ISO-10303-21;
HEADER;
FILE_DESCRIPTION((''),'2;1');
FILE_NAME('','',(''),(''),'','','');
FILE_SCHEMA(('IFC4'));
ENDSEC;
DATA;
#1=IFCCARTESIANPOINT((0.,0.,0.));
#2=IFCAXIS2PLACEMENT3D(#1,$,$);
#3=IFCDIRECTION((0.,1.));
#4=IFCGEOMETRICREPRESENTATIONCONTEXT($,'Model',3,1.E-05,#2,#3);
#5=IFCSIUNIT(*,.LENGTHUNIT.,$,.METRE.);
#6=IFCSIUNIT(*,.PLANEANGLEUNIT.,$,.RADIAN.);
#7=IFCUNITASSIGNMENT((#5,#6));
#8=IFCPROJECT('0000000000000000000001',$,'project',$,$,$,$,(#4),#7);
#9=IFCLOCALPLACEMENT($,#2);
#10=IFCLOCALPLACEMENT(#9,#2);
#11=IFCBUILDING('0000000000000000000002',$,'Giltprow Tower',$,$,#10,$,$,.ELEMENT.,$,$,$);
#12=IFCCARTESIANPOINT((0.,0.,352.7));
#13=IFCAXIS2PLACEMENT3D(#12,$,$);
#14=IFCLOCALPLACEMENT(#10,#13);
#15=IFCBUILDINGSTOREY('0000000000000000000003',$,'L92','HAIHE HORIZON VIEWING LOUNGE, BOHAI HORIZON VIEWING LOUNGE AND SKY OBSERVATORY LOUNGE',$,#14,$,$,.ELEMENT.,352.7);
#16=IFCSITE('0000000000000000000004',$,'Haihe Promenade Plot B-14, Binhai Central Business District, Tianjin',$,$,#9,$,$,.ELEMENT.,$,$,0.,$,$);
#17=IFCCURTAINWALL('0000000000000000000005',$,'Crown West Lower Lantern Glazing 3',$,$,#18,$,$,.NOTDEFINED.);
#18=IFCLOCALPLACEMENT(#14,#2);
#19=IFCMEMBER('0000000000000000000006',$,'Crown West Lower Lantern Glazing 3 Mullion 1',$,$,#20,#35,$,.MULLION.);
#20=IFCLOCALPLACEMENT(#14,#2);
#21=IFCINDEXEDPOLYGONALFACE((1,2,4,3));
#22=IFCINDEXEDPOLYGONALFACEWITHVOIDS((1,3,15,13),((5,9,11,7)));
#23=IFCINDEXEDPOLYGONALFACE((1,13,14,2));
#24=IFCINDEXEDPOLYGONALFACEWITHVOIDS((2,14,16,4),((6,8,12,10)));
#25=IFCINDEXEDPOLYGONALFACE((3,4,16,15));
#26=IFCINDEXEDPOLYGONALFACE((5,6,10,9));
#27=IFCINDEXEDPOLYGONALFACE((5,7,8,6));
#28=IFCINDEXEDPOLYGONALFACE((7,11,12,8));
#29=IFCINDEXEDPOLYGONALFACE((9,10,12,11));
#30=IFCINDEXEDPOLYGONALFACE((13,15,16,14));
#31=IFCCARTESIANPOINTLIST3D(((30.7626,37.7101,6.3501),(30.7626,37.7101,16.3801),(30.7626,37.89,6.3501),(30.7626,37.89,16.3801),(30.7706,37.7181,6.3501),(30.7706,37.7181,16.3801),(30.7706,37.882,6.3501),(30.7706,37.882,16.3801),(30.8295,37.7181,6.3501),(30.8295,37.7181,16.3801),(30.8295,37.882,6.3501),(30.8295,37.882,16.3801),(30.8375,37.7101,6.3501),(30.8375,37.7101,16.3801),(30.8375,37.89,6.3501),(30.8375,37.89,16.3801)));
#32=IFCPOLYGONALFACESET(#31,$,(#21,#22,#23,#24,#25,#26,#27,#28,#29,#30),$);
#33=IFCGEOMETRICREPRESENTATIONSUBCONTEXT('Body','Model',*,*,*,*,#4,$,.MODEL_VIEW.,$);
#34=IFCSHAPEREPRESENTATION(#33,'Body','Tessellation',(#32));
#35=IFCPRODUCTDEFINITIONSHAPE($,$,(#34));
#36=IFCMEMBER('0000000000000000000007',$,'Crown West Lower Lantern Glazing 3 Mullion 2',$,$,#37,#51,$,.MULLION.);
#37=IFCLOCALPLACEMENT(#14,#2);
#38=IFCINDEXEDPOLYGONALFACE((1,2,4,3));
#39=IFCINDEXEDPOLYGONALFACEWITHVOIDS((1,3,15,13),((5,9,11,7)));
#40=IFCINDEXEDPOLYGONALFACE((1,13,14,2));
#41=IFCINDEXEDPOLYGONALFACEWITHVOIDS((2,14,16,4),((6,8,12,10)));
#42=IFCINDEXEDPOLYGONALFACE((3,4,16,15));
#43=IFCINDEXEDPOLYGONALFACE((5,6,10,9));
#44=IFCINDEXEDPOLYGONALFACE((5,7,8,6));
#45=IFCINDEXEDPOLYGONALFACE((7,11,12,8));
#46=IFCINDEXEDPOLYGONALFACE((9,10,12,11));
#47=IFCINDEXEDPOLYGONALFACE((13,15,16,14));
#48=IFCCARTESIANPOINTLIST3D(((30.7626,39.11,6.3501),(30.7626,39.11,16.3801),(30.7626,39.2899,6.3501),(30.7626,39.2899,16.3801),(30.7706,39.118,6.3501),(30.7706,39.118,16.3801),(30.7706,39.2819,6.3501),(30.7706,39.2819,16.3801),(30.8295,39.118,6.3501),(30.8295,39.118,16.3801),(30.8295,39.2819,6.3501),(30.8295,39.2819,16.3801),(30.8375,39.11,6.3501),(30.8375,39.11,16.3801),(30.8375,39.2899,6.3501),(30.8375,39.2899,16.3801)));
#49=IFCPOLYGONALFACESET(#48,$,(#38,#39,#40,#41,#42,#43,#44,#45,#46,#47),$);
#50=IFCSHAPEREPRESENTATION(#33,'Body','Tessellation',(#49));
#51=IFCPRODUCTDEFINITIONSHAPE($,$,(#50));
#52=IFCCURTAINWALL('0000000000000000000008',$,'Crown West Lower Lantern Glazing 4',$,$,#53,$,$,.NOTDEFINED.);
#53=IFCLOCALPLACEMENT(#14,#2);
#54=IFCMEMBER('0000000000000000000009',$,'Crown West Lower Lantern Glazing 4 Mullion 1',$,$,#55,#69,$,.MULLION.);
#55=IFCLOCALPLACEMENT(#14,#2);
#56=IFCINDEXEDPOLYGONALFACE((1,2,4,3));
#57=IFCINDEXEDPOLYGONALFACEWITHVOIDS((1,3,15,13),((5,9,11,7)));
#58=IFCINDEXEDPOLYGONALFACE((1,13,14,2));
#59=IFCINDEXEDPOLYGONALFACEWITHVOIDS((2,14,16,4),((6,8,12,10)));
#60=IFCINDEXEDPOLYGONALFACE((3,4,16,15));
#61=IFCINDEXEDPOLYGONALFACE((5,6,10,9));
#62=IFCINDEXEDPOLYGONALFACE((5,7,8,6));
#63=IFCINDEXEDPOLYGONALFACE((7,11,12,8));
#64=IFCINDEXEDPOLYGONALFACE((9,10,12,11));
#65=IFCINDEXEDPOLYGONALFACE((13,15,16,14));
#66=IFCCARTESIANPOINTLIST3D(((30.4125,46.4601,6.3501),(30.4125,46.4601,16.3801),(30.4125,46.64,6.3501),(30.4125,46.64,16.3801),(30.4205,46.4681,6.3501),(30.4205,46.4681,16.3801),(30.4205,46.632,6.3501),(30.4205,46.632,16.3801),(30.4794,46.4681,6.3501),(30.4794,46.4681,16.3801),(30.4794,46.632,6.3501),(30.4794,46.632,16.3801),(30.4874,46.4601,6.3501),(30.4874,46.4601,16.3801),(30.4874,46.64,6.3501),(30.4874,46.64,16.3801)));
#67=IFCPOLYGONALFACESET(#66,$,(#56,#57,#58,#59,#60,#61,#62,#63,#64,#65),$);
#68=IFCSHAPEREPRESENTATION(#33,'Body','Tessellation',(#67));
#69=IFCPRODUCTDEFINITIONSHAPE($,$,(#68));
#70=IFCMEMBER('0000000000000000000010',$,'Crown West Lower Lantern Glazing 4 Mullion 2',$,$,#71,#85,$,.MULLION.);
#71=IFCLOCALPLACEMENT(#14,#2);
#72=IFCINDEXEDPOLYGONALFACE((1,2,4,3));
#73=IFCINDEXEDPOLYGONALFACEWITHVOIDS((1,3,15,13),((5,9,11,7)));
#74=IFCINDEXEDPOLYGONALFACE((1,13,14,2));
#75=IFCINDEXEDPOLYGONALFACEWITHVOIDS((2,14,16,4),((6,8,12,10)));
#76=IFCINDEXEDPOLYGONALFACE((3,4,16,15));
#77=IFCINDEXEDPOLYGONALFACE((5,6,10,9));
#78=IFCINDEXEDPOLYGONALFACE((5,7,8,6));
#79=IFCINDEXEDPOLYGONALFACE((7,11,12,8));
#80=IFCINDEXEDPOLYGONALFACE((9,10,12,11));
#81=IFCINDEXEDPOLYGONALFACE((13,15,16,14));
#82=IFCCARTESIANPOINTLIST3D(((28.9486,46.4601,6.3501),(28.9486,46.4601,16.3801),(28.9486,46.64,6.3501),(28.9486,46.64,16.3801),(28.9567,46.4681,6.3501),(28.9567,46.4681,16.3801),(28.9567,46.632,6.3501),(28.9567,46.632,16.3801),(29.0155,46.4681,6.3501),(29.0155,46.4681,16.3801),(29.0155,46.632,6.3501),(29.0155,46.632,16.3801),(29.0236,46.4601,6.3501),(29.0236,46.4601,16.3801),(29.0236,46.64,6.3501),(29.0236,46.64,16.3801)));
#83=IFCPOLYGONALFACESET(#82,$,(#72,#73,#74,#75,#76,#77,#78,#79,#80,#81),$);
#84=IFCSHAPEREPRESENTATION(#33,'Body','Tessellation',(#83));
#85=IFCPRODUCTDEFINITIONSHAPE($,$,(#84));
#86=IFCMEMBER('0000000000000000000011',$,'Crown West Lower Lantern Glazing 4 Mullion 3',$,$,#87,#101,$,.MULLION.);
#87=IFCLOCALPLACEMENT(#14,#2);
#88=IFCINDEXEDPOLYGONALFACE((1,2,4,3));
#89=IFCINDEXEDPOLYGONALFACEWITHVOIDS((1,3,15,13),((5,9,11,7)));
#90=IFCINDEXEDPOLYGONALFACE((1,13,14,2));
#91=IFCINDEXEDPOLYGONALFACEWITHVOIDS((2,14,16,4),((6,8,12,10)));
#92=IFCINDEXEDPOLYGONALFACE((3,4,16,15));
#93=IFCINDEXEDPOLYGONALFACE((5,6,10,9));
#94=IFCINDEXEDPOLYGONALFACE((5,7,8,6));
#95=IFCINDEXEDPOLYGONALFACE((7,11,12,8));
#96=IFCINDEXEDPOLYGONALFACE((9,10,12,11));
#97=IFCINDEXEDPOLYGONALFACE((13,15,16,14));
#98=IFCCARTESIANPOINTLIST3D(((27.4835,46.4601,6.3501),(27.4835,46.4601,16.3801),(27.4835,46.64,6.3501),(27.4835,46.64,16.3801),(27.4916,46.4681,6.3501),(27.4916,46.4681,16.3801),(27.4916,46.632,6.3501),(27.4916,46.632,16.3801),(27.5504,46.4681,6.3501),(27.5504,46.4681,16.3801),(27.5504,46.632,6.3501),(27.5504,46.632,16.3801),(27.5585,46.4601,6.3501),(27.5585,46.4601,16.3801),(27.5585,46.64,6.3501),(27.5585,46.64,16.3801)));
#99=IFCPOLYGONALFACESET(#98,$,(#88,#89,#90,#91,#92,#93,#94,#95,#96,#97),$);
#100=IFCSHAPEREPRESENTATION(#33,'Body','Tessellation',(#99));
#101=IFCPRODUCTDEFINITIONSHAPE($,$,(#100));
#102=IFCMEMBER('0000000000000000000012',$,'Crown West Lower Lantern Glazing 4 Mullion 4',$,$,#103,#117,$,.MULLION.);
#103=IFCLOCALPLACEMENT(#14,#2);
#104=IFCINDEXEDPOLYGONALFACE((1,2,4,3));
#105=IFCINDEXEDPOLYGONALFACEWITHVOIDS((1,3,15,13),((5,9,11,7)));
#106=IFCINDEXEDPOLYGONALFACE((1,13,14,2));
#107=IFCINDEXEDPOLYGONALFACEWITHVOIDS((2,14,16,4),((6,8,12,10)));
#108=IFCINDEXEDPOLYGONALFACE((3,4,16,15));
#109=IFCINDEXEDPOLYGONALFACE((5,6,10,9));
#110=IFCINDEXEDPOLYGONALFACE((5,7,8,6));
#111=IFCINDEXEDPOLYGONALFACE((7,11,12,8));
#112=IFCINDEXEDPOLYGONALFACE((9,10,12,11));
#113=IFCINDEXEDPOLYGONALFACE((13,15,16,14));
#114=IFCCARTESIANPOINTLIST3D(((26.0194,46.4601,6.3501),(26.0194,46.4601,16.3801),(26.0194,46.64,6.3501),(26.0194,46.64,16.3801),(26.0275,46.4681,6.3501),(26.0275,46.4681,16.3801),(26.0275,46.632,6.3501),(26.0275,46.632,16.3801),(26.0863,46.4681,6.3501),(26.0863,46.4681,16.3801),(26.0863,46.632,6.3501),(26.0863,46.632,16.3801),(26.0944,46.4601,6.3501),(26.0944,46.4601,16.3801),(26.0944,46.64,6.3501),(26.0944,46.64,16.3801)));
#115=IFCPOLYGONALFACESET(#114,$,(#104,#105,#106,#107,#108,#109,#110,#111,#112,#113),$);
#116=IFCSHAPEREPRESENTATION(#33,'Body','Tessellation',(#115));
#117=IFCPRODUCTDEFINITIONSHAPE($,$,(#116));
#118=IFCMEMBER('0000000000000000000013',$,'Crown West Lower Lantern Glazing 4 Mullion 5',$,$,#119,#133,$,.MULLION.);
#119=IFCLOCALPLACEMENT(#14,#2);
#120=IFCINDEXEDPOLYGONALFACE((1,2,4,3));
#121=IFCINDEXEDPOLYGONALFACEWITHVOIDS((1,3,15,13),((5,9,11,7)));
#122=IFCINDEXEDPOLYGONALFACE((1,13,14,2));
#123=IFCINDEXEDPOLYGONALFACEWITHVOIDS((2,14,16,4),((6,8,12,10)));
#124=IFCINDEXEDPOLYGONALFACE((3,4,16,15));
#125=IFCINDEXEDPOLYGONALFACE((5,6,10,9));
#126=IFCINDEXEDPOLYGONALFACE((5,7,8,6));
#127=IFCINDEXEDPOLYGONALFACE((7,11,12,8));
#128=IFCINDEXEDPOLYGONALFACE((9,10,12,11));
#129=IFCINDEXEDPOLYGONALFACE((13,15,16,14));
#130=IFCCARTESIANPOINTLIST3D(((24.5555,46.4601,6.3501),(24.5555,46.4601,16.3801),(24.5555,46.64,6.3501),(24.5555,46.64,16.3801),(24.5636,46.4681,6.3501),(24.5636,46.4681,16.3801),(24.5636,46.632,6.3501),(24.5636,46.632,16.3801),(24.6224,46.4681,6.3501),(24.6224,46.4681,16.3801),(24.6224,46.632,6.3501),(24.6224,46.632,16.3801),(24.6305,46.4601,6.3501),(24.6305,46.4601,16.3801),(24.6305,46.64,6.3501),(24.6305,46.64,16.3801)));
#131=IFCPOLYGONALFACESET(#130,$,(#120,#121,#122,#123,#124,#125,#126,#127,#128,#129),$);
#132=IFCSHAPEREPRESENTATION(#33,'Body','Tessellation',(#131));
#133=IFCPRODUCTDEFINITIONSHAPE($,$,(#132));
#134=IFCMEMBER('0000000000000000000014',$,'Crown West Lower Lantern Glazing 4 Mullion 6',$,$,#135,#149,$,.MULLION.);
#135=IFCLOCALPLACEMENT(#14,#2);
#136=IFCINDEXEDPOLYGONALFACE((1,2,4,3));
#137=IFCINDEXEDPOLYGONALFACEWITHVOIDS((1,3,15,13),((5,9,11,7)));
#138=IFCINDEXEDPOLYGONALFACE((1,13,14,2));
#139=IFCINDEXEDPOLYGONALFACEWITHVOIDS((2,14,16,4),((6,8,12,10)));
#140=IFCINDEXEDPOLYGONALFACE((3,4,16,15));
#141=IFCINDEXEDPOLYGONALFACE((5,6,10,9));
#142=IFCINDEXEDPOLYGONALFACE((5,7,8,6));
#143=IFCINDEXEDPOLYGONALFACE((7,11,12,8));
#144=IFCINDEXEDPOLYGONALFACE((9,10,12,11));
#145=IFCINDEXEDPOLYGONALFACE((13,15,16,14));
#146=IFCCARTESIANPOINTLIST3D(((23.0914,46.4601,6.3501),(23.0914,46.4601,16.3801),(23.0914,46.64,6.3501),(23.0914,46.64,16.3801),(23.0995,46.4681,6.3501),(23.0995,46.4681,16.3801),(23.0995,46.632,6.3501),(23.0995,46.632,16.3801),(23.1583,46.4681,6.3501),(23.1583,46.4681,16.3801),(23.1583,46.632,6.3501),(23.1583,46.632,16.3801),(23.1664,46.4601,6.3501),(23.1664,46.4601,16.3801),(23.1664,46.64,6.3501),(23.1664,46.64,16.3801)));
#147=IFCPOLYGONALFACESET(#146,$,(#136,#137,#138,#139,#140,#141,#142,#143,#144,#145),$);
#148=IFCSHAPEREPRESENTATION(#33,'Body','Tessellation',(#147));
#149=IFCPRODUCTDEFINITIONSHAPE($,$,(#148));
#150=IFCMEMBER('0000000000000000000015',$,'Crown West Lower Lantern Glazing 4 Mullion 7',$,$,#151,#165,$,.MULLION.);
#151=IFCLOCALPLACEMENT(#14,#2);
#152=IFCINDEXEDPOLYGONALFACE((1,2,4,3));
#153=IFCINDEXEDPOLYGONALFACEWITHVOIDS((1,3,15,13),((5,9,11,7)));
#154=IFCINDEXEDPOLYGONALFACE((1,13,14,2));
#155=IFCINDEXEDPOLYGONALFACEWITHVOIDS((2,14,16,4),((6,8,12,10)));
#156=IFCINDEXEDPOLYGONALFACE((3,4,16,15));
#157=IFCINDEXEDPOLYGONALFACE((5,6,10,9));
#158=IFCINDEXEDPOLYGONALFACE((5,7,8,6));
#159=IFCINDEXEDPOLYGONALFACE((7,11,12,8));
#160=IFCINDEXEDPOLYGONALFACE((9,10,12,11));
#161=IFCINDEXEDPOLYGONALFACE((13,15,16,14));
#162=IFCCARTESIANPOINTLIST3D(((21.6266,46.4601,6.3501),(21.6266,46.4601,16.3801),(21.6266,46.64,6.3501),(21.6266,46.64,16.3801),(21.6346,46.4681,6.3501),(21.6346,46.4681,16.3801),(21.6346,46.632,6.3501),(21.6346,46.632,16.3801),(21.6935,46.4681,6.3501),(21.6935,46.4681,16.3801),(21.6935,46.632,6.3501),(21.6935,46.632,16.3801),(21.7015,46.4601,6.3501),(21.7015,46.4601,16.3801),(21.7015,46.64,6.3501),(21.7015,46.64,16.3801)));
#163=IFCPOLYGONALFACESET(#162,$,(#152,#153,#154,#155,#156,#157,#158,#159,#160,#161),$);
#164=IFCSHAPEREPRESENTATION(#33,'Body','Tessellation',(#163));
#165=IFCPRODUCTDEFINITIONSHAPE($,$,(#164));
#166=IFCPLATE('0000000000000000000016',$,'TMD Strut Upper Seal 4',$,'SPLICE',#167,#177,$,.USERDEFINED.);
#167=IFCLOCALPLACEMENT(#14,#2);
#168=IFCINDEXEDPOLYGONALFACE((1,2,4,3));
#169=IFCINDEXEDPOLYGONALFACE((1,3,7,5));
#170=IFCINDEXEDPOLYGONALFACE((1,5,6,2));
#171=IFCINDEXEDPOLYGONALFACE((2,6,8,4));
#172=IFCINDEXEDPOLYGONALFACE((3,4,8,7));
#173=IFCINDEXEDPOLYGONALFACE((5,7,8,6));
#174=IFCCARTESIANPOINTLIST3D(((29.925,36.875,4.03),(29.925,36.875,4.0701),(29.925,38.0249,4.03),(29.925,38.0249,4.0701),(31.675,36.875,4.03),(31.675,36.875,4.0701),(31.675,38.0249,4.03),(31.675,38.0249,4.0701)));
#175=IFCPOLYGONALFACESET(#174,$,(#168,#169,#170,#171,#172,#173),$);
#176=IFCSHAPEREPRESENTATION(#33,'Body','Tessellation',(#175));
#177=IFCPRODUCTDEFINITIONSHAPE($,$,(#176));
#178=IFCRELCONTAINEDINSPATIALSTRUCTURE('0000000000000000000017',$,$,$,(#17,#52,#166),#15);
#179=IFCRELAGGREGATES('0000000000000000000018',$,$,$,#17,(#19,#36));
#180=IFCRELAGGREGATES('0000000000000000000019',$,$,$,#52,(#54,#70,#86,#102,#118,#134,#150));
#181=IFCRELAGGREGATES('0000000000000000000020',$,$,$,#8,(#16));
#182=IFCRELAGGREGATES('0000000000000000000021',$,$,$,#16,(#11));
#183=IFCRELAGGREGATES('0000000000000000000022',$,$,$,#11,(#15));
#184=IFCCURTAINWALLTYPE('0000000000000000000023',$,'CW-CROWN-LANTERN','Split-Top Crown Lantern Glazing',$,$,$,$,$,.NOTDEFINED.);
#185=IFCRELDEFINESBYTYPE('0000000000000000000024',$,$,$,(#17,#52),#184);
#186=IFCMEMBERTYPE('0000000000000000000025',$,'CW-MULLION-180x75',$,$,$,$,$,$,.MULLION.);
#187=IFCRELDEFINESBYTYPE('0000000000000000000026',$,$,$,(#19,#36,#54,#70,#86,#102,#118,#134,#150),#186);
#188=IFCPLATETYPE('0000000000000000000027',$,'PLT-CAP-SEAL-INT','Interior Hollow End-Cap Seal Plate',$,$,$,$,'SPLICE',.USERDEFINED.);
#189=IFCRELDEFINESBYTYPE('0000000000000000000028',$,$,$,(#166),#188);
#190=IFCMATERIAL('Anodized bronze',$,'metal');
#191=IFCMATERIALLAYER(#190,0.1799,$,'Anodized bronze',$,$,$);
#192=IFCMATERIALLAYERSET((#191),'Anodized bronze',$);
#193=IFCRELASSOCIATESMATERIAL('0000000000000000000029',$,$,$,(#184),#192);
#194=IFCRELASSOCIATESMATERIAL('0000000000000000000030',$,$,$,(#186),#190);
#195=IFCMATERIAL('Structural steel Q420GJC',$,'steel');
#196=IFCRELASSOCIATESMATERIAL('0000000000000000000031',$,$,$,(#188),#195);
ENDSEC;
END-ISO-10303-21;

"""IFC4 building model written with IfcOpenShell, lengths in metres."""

from ifc_helpers import new_model, si_unit, direction, frame, origin, origin_2d, place, context, subcontext, project, spatial, rectangle, hollow_rectangle, extrude, source, transform, mapped, material, layer, layer_set, material_profile, profile_set, type_object, element, aggregate, save


model = new_model("IFC4")

# Units and contexts
model_context = context("Model", 3, precision=1e-05, world=origin(), true_north=direction((0.0, 1.0)))
body_context = subcontext(model_context, "Body", "Model", "MODEL_VIEW")
ifc_project = project(units=[si_unit("LENGTHUNIT", "METRE"), si_unit("PLANEANGLEUNIT", "RADIAN")], contexts=[model_context])

# Site, building, storey
site_placement = place(None, origin())
site = spatial("IfcSite", under=ifc_project, at=site_placement, Name="Haihe Promenade Plot B-14, Binhai Central Business District, Tianjin", CompositionType="ELEMENT", RefElevation=0.0)
building_placement = place(site_placement, origin())
building = spatial("IfcBuilding", under=site, at=building_placement, Name="Giltprow Tower", CompositionType="ELEMENT")
storey_placement = place(building_placement, frame((0.0, 0.0, 352.7)))
storey = spatial("IfcBuildingStorey", under=building, at=storey_placement, Name="L92", Description="HAIHE HORIZON VIEWING LOUNGE, BOHAI HORIZON VIEWING LOUNGE AND SKY OBSERVATORY LOUNGE", CompositionType="ELEMENT", Elevation=352.7)

# Shared definitions
ifc_material_1 = material(Name="Structural steel Q420GJC", Category="steel")

# Shared definitions
ifc_material_2 = material(Name="Anodized bronze", Category="metal")
ifc_layer_1 = layer(ifc_material_2, 0.1799, Name="Anodized bronze")
ifc_layer_set_1 = layer_set([ifc_layer_1], Name="Anodized bronze")
curtain_wall_type = type_object("IfcCurtainWallType", Name="CW-CROWN-LANTERN", Description="Split-Top Crown Lantern Glazing", PredefinedType="NOTDEFINED", material=ifc_layer_set_1)
ifc_material_profile_1 = material_profile(ifc_material_2, hollow_rectangle(XDim=0.075, YDim=0.1799, WallThickness=0.0081, at=origin_2d()), Name="RHS 180x75x8")
ifc_profile_set_1 = profile_set([ifc_material_profile_1], Name="Anodized bronze")
member_type_1 = type_object("IfcMemberType", Name="CW-MULLION-180x75", PredefinedType="MULLION", material=ifc_profile_set_1)
shared_shape_1 = source(origin(), body_context, "Body", "SweptSolid", [
    extrude(hollow_rectangle(XDim=0.075, YDim=0.1799, WallThickness=0.0081, at=origin_2d()), origin(), (0.0, 0.0, 1.0), 10.03),
])

# Curtain walls, members
curtain_wall_1_placement = place(storey_placement, origin())
curtain_wall_1 = element("IfcCurtainWall", 1, at=curtain_wall_1_placement, inside=storey, type_object=curtain_wall_type, Name="Crown West Lower Lantern Glazing 3", PredefinedType="NOTDEFINED")
member_1_placement = place(storey_placement, frame((30.8, 37.8, 6.3501), z_axis=(0.0, 0.0, 1.0), x_axis=(1.0, 0.0, 0.0)))
member_1 = element("IfcMember", 2, at=member_1_placement, type_object=member_type_1, Name="Crown West Lower Lantern Glazing 3 Mullion 1", PredefinedType="MULLION", context=body_context, shape_type="MappedRepresentation", body=[
    mapped(shared_shape_1, transform((0.0, 0.0, 0.0), x_axis=(1.0, 0.0, 0.0), y_axis=(0.0, 1.0, 0.0), z_axis=(0.0, 0.0, 1.0), scale=1.0)),
])
member_2_placement = place(storey_placement, frame((30.8, 39.2, 6.3501), z_axis=(0.0, 0.0, 1.0), x_axis=(1.0, 0.0, 0.0)))
member_2 = element("IfcMember", 3, at=member_2_placement, type_object=member_type_1, Name="Crown West Lower Lantern Glazing 3 Mullion 2", PredefinedType="MULLION", context=body_context, shape_type="MappedRepresentation", body=[
    mapped(shared_shape_1, transform((0.0, 0.0, 0.0), x_axis=(1.0, 0.0, 0.0), y_axis=(0.0, 1.0, 0.0), z_axis=(0.0, 0.0, 1.0), scale=1.0)),
])
aggregate(curtain_wall_1, [member_1, member_2])
curtain_wall_2_placement = place(storey_placement, origin())
curtain_wall_2 = element("IfcCurtainWall", 4, at=curtain_wall_2_placement, inside=storey, type_object=curtain_wall_type, Name="Crown West Lower Lantern Glazing 4", PredefinedType="NOTDEFINED")
member_3_placement = place(storey_placement, frame((30.45, 46.55, 6.3501), z_axis=(0.0, 0.0, 1.0), x_axis=(1.0, 0.0, 0.0)))
member_3 = element("IfcMember", 5, at=member_3_placement, type_object=member_type_1, Name="Crown West Lower Lantern Glazing 4 Mullion 1", PredefinedType="MULLION", context=body_context, shape_type="MappedRepresentation", body=[
    mapped(shared_shape_1, transform((0.0, 0.0, 0.0), x_axis=(1.0, 0.0, 0.0), y_axis=(0.0, 1.0, 0.0), z_axis=(0.0, 0.0, 1.0), scale=1.0)),
])
member_4_placement = place(storey_placement, frame((28.9861, 46.55, 6.3501), z_axis=(0.0, 0.0, 1.0), x_axis=(1.0, 0.0, 0.0)))
member_4 = element("IfcMember", 6, at=member_4_placement, type_object=member_type_1, Name="Crown West Lower Lantern Glazing 4 Mullion 2", PredefinedType="MULLION", context=body_context, shape_type="MappedRepresentation", body=[
    mapped(shared_shape_1, transform((0.0, 0.0, 0.0), x_axis=(1.0, 0.0, 0.0), y_axis=(0.0, 1.0, 0.0), z_axis=(0.0, 0.0, 1.0), scale=1.0)),
])
member_5_placement = place(storey_placement, frame((27.521, 46.55, 6.3501), z_axis=(0.0, 0.0, 1.0), x_axis=(1.0, 0.0, 0.0)))
member_5 = element("IfcMember", 7, at=member_5_placement, type_object=member_type_1, Name="Crown West Lower Lantern Glazing 4 Mullion 3", PredefinedType="MULLION", context=body_context, shape_type="MappedRepresentation", body=[
    mapped(shared_shape_1, transform((0.0, 0.0, 0.0), x_axis=(1.0, 0.0, 0.0), y_axis=(0.0, 1.0, 0.0), z_axis=(0.0, 0.0, 1.0), scale=1.0)),
])
member_6_placement = place(storey_placement, frame((26.0569, 46.55, 6.3501), z_axis=(0.0, 0.0, 1.0), x_axis=(1.0, 0.0, 0.0)))
member_6 = element("IfcMember", 8, at=member_6_placement, type_object=member_type_1, Name="Crown West Lower Lantern Glazing 4 Mullion 4", PredefinedType="MULLION", context=body_context, shape_type="MappedRepresentation", body=[
    mapped(shared_shape_1, transform((0.0, 0.0, 0.0), x_axis=(1.0, 0.0, 0.0), y_axis=(0.0, 1.0, 0.0), z_axis=(0.0, 0.0, 1.0), scale=1.0)),
])
member_7_placement = place(storey_placement, frame((24.593, 46.55, 6.3501), z_axis=(0.0, 0.0, 1.0), x_axis=(1.0, 0.0, 0.0)))
member_7 = element("IfcMember", 9, at=member_7_placement, type_object=member_type_1, Name="Crown West Lower Lantern Glazing 4 Mullion 5", PredefinedType="MULLION", context=body_context, shape_type="MappedRepresentation", body=[
    mapped(shared_shape_1, transform((0.0, 0.0, 0.0), x_axis=(1.0, 0.0, 0.0), y_axis=(0.0, 1.0, 0.0), z_axis=(0.0, 0.0, 1.0), scale=1.0)),
])
member_8_placement = place(storey_placement, frame((23.1289, 46.55, 6.3501), z_axis=(0.0, 0.0, 1.0), x_axis=(1.0, 0.0, 0.0)))
member_8 = element("IfcMember", 10, at=member_8_placement, type_object=member_type_1, Name="Crown West Lower Lantern Glazing 4 Mullion 6", PredefinedType="MULLION", context=body_context, shape_type="MappedRepresentation", body=[
    mapped(shared_shape_1, transform((0.0, 0.0, 0.0), x_axis=(1.0, 0.0, 0.0), y_axis=(0.0, 1.0, 0.0), z_axis=(0.0, 0.0, 1.0), scale=1.0)),
])
member_9_placement = place(storey_placement, frame((21.6641, 46.55, 6.3501), z_axis=(0.0, 0.0, 1.0), x_axis=(1.0, 0.0, 0.0)))
member_9 = element("IfcMember", 11, at=member_9_placement, type_object=member_type_1, Name="Crown West Lower Lantern Glazing 4 Mullion 7", PredefinedType="MULLION", context=body_context, shape_type="MappedRepresentation", body=[
    mapped(shared_shape_1, transform((0.0, 0.0, 0.0), x_axis=(1.0, 0.0, 0.0), y_axis=(0.0, 1.0, 0.0), z_axis=(0.0, 0.0, 1.0), scale=1.0)),
])
aggregate(curtain_wall_2, [member_3, member_4, member_5, member_6, member_7, member_8, member_9])

# Plate
plate_type = type_object("IfcPlateType", Name="PLT-CAP-SEAL-INT", Description="Interior Hollow End-Cap Seal Plate", ElementType="SPLICE", PredefinedType="USERDEFINED", material=ifc_material_1)
shared_shape_2 = source(origin(), body_context, "Body", "SweptSolid", [
    extrude(rectangle(XDim=1.75, YDim=1.1499, at=origin_2d()), origin(), (0.0, 0.0, 1.0), 0.04),
])
plate_placement = place(storey_placement, frame((30.8, 37.45, 4.03), z_axis=(0.0, 0.0, 1.0), x_axis=(1.0, 0.0, 0.0)))
element("IfcPlate", 12, at=plate_placement, inside=storey, type_object=plate_type, Name="TMD Strut Upper Seal 4", ObjectType="SPLICE", PredefinedType="USERDEFINED", context=body_context, shape_type="MappedRepresentation", body=[
    mapped(shared_shape_2, transform((0.0, 0.0, 0.0), x_axis=(1.0, 0.0, 0.0), y_axis=(0.0, 1.0, 0.0), z_axis=(0.0, 0.0, 1.0), scale=1.0)),
])

save(model, "model.ifc")
